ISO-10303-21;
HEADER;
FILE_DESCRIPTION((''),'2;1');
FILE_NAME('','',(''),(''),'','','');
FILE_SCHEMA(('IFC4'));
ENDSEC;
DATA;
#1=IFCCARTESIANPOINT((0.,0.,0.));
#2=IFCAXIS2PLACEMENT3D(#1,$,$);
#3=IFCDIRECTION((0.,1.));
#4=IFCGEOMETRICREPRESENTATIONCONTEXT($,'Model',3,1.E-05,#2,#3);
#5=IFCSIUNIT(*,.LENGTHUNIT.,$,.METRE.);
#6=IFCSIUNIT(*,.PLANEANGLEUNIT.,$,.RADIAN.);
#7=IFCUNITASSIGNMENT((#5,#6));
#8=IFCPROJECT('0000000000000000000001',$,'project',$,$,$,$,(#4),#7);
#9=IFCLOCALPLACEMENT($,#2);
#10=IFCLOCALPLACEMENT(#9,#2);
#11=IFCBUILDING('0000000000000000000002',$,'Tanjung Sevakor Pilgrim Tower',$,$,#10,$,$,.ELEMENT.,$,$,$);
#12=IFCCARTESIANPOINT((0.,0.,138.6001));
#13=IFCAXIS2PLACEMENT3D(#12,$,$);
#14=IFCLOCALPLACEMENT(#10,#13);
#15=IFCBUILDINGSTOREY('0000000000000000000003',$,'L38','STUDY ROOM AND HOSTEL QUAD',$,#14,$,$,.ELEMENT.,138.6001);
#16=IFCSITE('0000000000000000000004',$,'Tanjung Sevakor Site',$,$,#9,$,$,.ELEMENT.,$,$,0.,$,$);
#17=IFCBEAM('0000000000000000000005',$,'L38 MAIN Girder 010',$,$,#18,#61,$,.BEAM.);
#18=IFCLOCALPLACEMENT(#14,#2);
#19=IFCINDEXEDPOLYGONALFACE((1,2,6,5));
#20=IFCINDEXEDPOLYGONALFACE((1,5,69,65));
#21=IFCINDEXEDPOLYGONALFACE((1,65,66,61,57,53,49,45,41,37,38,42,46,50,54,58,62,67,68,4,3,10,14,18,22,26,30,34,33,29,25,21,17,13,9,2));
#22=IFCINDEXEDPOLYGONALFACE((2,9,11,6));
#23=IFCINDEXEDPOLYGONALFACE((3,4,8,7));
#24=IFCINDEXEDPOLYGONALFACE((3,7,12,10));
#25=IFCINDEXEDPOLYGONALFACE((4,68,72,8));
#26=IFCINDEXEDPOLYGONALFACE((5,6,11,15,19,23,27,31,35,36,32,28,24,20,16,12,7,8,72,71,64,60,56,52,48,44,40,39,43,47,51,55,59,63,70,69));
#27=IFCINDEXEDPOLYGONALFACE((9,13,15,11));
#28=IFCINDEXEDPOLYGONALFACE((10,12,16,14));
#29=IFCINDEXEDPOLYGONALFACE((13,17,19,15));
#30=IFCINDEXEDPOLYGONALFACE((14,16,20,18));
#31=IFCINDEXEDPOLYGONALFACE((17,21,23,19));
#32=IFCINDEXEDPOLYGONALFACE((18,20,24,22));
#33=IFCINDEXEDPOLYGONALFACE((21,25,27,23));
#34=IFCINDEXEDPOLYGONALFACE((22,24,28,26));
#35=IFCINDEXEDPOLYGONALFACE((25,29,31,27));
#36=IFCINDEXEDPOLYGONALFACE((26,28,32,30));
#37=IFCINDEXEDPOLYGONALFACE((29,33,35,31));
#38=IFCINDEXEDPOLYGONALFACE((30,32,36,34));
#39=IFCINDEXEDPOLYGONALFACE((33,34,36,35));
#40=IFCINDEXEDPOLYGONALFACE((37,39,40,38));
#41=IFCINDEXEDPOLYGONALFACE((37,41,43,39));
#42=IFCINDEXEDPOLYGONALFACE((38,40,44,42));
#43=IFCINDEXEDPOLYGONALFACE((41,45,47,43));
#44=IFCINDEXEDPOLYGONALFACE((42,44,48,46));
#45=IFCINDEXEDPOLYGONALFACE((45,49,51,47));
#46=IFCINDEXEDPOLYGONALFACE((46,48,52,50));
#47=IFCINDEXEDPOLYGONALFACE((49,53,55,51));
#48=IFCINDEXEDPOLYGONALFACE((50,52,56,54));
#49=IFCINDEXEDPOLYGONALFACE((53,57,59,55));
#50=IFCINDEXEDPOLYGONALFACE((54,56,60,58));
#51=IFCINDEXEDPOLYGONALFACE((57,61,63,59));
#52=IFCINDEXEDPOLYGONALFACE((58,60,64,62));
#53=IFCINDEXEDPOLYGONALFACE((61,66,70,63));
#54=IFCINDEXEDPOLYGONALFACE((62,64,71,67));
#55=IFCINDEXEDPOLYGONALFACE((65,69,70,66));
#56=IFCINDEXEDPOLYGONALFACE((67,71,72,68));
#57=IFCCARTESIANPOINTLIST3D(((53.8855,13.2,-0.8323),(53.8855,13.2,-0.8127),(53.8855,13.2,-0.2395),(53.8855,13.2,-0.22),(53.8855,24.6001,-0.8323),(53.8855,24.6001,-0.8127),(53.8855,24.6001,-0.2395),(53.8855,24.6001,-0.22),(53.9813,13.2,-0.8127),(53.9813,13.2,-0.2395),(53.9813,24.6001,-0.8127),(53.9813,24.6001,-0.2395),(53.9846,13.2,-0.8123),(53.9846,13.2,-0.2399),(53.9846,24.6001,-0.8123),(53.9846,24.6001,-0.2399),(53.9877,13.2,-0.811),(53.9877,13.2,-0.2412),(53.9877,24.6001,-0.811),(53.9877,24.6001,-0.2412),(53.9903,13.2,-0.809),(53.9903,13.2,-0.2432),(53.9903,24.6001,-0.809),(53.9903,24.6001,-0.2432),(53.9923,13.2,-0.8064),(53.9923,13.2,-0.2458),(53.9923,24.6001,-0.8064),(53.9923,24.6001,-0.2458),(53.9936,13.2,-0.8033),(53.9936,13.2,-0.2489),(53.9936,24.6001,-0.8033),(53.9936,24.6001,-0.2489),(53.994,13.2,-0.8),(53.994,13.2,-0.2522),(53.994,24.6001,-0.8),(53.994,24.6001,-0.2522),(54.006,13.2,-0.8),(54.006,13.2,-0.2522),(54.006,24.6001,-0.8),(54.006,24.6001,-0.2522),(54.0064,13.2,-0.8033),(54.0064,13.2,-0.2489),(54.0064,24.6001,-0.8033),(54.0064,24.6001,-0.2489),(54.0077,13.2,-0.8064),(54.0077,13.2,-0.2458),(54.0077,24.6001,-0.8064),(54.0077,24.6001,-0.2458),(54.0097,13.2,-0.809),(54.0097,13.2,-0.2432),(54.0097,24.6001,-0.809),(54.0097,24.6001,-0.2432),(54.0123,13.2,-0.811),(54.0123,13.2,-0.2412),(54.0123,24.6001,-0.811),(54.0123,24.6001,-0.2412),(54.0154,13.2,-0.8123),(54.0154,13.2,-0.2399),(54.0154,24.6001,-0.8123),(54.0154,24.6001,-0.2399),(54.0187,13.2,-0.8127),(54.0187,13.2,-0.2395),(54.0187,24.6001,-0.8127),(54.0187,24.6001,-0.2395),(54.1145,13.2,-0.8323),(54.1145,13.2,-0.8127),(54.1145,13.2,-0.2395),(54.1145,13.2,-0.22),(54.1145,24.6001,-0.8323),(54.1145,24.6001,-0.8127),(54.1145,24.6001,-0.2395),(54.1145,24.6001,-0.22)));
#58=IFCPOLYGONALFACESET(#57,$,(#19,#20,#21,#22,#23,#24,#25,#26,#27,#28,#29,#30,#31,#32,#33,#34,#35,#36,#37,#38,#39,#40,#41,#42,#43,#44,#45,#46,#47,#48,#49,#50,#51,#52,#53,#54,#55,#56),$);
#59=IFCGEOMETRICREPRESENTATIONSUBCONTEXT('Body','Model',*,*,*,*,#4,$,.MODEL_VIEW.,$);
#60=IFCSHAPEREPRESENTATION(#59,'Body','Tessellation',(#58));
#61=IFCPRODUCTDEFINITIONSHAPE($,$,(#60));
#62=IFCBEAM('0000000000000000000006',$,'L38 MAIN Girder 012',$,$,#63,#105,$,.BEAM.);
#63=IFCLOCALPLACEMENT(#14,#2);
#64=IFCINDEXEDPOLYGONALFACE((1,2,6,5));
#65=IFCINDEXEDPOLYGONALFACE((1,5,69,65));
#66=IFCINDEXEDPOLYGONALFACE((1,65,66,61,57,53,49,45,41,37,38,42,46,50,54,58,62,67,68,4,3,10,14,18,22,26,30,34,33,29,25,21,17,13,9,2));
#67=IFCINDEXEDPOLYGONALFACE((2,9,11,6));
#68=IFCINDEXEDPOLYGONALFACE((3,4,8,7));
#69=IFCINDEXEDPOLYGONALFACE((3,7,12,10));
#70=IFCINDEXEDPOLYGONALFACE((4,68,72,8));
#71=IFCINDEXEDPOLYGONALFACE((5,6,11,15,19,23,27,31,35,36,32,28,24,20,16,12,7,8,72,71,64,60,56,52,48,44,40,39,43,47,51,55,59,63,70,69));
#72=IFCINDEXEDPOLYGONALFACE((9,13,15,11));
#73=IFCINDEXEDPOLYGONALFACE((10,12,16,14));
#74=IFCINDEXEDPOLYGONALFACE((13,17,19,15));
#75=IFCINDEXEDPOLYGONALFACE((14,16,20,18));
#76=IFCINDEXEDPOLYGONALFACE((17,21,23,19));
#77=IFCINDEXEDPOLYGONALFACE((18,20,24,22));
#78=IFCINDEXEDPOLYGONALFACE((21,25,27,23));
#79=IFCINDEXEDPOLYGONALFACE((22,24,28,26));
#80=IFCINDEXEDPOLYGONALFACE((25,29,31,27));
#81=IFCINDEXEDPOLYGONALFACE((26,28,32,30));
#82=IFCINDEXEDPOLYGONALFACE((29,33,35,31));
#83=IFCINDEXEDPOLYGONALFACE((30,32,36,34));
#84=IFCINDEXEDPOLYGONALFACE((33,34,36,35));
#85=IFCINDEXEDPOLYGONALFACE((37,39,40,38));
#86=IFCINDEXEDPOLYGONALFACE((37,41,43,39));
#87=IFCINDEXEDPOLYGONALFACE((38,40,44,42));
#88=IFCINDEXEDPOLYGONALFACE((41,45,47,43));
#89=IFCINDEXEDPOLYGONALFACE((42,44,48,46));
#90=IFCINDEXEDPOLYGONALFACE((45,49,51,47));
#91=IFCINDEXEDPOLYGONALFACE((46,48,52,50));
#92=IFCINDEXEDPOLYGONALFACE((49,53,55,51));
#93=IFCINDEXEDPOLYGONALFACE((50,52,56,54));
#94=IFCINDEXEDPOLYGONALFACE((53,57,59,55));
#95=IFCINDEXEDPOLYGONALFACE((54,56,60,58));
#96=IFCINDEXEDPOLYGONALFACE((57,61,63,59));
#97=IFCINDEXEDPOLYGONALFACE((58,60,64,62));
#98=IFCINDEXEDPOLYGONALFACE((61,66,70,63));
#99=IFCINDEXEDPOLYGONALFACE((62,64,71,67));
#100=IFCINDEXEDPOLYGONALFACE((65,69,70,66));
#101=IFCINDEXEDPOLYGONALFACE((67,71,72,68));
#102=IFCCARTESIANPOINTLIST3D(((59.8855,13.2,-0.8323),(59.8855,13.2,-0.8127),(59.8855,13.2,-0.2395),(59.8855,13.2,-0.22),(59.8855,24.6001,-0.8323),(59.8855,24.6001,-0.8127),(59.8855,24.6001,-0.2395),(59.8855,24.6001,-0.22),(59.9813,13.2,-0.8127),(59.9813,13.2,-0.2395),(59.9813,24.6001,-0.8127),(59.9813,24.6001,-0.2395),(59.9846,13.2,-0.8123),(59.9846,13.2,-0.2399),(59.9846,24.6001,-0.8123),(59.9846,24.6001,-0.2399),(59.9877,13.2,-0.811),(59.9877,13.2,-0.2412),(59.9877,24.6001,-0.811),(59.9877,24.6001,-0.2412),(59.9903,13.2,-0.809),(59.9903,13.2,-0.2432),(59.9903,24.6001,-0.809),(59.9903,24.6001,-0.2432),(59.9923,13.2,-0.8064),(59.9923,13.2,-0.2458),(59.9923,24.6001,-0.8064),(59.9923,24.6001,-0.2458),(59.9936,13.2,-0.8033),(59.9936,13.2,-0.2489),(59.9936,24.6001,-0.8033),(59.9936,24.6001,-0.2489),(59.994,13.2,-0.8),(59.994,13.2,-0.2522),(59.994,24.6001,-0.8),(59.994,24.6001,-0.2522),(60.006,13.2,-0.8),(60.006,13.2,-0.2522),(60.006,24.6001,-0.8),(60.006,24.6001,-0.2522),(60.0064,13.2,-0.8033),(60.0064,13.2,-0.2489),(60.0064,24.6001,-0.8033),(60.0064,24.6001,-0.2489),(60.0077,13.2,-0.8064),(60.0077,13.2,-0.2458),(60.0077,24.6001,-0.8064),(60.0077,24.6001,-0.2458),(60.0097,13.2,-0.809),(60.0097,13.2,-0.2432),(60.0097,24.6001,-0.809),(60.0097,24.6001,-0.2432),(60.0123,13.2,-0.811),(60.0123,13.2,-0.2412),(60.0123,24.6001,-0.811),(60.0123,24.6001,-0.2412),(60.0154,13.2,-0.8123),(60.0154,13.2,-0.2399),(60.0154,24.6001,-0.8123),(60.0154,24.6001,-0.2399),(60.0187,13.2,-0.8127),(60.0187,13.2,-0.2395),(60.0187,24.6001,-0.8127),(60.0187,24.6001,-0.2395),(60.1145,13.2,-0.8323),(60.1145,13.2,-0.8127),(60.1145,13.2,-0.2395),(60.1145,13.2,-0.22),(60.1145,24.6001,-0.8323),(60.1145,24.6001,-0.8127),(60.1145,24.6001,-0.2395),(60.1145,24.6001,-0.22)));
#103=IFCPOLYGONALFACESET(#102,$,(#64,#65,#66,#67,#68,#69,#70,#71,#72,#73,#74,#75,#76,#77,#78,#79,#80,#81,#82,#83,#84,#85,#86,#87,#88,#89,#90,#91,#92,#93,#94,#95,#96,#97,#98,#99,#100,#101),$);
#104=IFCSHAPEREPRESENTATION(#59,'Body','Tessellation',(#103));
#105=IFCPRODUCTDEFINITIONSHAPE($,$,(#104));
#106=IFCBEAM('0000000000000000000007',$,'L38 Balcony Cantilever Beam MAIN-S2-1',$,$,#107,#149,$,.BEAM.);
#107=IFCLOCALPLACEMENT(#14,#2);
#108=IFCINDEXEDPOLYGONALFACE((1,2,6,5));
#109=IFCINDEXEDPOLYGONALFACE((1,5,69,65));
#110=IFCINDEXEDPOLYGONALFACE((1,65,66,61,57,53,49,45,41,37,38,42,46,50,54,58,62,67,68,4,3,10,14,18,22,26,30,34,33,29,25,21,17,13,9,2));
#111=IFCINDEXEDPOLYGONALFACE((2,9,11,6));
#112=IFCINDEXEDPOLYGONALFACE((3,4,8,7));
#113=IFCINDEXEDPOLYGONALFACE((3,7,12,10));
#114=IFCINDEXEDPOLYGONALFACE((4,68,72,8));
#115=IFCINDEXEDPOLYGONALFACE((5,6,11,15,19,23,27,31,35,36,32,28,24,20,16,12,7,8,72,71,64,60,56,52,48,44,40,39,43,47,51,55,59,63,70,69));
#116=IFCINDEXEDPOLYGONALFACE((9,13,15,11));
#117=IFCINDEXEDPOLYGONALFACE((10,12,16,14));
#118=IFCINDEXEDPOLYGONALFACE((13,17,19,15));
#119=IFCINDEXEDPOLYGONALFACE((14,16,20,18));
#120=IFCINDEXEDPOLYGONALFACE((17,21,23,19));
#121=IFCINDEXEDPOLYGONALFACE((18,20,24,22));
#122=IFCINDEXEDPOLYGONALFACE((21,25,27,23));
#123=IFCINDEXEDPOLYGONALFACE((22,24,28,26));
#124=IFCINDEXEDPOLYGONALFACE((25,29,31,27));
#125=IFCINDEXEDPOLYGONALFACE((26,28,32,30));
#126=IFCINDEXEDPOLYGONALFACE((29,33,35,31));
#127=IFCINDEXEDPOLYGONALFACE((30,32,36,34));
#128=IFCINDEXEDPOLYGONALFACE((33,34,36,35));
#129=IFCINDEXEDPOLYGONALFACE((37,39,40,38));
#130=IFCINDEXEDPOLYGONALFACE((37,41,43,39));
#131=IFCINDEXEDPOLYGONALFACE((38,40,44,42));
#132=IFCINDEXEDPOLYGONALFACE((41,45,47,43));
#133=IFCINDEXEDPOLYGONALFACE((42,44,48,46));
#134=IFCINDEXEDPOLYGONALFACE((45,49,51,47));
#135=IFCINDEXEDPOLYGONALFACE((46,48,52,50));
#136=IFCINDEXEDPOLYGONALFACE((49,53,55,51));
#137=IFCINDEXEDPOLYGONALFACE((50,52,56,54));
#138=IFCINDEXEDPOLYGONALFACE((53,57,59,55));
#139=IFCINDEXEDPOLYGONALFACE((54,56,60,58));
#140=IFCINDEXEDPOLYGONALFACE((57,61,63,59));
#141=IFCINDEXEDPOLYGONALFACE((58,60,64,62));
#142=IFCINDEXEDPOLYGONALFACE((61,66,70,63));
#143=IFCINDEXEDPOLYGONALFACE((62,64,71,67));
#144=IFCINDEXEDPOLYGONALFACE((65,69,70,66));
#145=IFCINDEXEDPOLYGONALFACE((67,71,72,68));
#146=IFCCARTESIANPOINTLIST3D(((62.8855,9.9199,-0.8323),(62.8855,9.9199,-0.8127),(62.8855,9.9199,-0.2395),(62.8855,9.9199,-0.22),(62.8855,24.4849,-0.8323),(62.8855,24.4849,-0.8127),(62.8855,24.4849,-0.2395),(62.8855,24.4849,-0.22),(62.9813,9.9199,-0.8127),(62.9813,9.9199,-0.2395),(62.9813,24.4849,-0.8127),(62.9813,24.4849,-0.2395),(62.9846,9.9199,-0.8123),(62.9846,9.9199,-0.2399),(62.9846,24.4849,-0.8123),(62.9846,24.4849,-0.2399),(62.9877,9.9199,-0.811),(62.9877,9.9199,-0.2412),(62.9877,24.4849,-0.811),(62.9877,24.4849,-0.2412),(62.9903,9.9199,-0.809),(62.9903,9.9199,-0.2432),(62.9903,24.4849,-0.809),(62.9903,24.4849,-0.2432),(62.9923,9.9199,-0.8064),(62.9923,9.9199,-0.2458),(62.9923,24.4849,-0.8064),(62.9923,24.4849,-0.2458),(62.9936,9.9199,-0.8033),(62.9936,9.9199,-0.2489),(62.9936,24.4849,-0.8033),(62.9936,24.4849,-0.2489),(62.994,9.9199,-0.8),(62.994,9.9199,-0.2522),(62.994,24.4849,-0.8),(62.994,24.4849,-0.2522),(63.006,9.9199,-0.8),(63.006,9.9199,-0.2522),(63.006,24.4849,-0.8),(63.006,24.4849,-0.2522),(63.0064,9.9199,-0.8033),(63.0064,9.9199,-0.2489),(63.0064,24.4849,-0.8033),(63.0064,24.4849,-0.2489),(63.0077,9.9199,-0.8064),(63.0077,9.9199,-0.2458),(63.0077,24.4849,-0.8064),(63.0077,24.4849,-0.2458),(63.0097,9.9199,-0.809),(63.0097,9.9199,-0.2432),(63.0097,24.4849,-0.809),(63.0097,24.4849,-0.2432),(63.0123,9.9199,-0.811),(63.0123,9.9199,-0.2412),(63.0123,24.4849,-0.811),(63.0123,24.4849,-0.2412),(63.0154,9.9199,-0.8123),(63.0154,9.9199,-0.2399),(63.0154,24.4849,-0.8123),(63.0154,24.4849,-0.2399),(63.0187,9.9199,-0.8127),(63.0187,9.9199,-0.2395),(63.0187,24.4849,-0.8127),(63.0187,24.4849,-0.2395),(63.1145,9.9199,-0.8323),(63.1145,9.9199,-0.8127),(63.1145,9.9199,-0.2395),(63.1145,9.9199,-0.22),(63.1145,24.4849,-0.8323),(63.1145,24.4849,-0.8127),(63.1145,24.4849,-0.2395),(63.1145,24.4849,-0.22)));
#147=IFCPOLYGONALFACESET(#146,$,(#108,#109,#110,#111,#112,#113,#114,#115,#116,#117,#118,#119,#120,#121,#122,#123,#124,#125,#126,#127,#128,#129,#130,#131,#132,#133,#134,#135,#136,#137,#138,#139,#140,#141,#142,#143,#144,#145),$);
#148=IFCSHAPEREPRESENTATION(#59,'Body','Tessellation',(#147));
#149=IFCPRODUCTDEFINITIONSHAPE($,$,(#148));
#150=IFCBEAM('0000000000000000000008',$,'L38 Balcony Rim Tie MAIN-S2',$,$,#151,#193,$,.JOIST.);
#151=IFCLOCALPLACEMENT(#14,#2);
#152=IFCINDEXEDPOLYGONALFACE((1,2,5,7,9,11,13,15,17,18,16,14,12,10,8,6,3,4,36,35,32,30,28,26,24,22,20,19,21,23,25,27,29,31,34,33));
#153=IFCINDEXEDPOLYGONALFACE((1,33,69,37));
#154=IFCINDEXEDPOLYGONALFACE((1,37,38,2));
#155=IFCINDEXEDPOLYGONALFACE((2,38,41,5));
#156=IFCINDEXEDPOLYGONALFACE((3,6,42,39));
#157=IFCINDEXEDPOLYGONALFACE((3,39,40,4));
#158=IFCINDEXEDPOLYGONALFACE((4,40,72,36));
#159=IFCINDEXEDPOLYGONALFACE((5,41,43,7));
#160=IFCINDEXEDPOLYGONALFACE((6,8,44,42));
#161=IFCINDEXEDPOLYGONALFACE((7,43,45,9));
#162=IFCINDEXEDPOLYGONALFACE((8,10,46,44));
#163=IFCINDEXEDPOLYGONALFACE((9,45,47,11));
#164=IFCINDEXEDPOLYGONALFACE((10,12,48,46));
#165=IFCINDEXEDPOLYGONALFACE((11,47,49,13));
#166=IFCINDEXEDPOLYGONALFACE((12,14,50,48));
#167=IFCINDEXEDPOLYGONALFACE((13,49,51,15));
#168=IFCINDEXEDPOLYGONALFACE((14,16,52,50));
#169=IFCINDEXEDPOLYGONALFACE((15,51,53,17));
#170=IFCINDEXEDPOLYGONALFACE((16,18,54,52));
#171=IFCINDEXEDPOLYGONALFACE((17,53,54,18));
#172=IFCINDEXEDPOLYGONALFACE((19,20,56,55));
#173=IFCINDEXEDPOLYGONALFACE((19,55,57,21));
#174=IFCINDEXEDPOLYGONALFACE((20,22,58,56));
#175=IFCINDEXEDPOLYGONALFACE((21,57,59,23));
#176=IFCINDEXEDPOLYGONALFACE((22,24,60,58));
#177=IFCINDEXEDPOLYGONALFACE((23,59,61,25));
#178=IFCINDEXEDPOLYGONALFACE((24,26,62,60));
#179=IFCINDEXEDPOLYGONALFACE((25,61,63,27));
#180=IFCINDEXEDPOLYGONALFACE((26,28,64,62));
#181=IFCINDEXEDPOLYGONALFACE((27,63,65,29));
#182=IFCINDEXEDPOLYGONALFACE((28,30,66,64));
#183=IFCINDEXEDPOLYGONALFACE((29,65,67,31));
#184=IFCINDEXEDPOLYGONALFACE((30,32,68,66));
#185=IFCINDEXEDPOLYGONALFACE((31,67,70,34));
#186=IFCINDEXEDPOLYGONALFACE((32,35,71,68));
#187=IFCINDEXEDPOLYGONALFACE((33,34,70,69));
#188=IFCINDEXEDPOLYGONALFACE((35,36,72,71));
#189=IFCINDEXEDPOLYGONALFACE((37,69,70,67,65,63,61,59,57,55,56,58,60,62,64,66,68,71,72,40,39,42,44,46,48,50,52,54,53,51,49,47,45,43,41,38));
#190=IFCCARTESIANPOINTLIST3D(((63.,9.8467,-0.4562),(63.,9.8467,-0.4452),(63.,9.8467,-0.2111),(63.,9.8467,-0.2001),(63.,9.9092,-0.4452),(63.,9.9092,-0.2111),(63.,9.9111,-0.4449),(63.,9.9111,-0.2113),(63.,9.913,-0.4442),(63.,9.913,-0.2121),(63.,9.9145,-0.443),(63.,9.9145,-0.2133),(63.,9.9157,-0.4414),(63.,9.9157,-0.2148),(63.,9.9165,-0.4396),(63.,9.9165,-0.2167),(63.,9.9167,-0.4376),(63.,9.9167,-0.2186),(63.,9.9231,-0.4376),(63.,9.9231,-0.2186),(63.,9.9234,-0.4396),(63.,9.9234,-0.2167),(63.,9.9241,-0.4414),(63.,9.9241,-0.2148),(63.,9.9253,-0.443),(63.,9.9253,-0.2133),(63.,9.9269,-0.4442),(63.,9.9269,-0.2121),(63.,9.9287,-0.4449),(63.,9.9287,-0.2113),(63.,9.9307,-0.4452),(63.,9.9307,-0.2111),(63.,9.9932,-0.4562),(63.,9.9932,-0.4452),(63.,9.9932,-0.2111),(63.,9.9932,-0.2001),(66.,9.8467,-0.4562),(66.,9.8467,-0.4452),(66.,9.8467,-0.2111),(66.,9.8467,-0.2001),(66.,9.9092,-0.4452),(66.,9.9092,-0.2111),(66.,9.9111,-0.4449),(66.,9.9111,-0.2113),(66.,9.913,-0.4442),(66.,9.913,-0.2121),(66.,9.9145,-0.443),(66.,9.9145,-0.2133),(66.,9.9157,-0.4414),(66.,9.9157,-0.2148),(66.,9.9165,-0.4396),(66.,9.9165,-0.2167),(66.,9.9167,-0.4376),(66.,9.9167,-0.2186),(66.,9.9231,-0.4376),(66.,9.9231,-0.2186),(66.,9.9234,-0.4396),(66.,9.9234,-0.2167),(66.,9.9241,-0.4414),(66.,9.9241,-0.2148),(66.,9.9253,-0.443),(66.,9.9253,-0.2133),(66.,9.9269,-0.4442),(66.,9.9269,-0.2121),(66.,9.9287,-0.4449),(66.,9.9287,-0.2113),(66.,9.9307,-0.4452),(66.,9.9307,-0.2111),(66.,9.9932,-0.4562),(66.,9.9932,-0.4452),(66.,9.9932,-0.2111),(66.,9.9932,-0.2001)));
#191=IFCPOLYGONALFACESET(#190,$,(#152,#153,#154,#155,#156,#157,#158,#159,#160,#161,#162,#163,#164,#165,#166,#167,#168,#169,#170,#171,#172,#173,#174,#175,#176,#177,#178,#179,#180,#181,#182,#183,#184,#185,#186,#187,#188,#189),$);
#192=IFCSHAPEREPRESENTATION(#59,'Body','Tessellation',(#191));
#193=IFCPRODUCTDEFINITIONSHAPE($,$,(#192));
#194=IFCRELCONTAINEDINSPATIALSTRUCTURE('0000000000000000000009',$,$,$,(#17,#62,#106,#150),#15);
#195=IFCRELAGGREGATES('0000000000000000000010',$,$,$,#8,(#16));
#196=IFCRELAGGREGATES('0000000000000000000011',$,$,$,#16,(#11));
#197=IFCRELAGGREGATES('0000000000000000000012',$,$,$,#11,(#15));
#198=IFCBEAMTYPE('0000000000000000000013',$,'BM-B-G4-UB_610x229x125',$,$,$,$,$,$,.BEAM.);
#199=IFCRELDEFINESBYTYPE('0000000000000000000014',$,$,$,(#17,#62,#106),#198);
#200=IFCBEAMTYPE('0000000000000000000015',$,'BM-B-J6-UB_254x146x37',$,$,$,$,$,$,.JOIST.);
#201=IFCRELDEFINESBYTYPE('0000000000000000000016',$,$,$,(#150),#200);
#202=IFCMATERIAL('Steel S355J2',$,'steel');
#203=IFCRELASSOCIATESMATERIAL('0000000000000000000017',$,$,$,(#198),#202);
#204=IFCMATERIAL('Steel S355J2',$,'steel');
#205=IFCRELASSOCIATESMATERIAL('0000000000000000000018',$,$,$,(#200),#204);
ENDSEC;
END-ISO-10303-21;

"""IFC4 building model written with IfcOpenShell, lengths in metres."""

from ifc_helpers import new_model, si_unit, direction, frame, origin, origin_2d, place, context, subcontext, project, spatial, i_section, extrude, material, material_profile, profile_set, type_object, element, save


model = new_model("IFC4")

# Units and contexts
model_context = context("Model", 3, precision=1e-05, world=origin(), true_north=direction((0.0, 1.0)))
body_context = subcontext(model_context, "Body", "Model", "MODEL_VIEW")
ifc_project = project(units=[si_unit("LENGTHUNIT", "METRE"), si_unit("PLANEANGLEUNIT", "RADIAN")], contexts=[model_context])

# Site, building, storey
site_placement = place(None, origin())
site = spatial("IfcSite", under=ifc_project, at=site_placement, Name="Tanjung Sevakor Site", CompositionType="ELEMENT", RefElevation=0.0)
building_placement = place(site_placement, origin())
building = spatial("IfcBuilding", under=site, at=building_placement, Name="Tanjung Sevakor Pilgrim Tower", CompositionType="ELEMENT")
storey_placement = place(building_placement, frame((0.0, 0.0, 138.6001)))
storey = spatial("IfcBuildingStorey", under=building, at=storey_placement, Name="L38", Description="STUDY ROOM AND HOSTEL QUAD", CompositionType="ELEMENT", Elevation=138.6001)

# Beams
ifc_material_1 = material(Name="Steel S355J2", Category="steel")
ifc_material_profile_1 = material_profile(ifc_material_1, i_section(OverallWidth=0.229, OverallDepth=0.6123, WebThickness=0.012, FlangeThickness=0.0195, FilletRadius=0.0127, at=origin_2d()))
ifc_profile_set_1 = profile_set([ifc_material_profile_1], Name="Steel S355J2")
beam_type_1 = type_object("IfcBeamType", Name="BM-B-G4-UB_610x229x125", PredefinedType="BEAM", material=ifc_profile_set_1)
for number, where, z_axis, x_axis, name in (
    (1, (54.0, 13.2, -0.5261), (0.0, 1.0, 0.0), (-1.0, 0.0, 0.0), "L38 MAIN Girder 010"),
    (2, (60.0, 13.2, -0.5261), (0.0, 1.0, 0.0), (-1.0, 0.0, 0.0), "L38 MAIN Girder 012"),
):
    element("IfcBeam", number, at=place(storey_placement, frame(where, z_axis=z_axis, x_axis=x_axis)), inside=storey, type_object=beam_type_1, Name=name, PredefinedType="BEAM", context=body_context, shape_type="SweptSolid", body=[
        extrude(i_section(OverallWidth=0.229, OverallDepth=0.6123, WebThickness=0.012, FlangeThickness=0.0195, FilletRadius=0.0127, at=origin_2d()), origin(), (0.0, 0.0, 1.0), 11.4001),
    ])
beam_1_placement = place(storey_placement, frame((63.0, 24.4849, -0.5261), z_axis=(0.0, -1.0, 0.0), x_axis=(1.0, 0.0, 0.0)))
element("IfcBeam", 3, at=beam_1_placement, inside=storey, type_object=beam_type_1, Name="L38 Balcony Cantilever Beam MAIN-S2-1", PredefinedType="BEAM", context=body_context, shape_type="SweptSolid", body=[
    extrude(i_section(OverallWidth=0.229, OverallDepth=0.6123, WebThickness=0.012, FlangeThickness=0.0195, FilletRadius=0.0127, at=origin_2d()), origin(), (0.0, 0.0, 1.0), 14.5649),
])
ifc_material_2 = material(Name="Steel S355J2", Category="steel")
ifc_material_profile_2 = material_profile(ifc_material_2, i_section(OverallWidth=0.1465, OverallDepth=0.2561, WebThickness=0.0063, FlangeThickness=0.011, FilletRadius=0.0076, at=origin_2d()))
ifc_profile_set_2 = profile_set([ifc_material_profile_2], Name="Steel S355J2")
beam_type_2 = type_object("IfcBeamType", Name="BM-B-J6-UB_254x146x37", PredefinedType="JOIST", material=ifc_profile_set_2)
beam_2_placement = place(storey_placement, frame((63.0, 9.9199, -0.3281), z_axis=(1.0, 0.0, 0.0), x_axis=(0.0, 1.0, 0.0)))
element("IfcBeam", 4, at=beam_2_placement, inside=storey, type_object=beam_type_2, Name="L38 Balcony Rim Tie MAIN-S2", PredefinedType="JOIST", context=body_context, shape_type="SweptSolid", body=[
    extrude(i_section(OverallWidth=0.1465, OverallDepth=0.2561, WebThickness=0.0063, FlangeThickness=0.011, FilletRadius=0.0076, at=origin_2d()), origin(), (0.0, 0.0, 1.0), 3.0),
])

save(model, "model.ifc")
